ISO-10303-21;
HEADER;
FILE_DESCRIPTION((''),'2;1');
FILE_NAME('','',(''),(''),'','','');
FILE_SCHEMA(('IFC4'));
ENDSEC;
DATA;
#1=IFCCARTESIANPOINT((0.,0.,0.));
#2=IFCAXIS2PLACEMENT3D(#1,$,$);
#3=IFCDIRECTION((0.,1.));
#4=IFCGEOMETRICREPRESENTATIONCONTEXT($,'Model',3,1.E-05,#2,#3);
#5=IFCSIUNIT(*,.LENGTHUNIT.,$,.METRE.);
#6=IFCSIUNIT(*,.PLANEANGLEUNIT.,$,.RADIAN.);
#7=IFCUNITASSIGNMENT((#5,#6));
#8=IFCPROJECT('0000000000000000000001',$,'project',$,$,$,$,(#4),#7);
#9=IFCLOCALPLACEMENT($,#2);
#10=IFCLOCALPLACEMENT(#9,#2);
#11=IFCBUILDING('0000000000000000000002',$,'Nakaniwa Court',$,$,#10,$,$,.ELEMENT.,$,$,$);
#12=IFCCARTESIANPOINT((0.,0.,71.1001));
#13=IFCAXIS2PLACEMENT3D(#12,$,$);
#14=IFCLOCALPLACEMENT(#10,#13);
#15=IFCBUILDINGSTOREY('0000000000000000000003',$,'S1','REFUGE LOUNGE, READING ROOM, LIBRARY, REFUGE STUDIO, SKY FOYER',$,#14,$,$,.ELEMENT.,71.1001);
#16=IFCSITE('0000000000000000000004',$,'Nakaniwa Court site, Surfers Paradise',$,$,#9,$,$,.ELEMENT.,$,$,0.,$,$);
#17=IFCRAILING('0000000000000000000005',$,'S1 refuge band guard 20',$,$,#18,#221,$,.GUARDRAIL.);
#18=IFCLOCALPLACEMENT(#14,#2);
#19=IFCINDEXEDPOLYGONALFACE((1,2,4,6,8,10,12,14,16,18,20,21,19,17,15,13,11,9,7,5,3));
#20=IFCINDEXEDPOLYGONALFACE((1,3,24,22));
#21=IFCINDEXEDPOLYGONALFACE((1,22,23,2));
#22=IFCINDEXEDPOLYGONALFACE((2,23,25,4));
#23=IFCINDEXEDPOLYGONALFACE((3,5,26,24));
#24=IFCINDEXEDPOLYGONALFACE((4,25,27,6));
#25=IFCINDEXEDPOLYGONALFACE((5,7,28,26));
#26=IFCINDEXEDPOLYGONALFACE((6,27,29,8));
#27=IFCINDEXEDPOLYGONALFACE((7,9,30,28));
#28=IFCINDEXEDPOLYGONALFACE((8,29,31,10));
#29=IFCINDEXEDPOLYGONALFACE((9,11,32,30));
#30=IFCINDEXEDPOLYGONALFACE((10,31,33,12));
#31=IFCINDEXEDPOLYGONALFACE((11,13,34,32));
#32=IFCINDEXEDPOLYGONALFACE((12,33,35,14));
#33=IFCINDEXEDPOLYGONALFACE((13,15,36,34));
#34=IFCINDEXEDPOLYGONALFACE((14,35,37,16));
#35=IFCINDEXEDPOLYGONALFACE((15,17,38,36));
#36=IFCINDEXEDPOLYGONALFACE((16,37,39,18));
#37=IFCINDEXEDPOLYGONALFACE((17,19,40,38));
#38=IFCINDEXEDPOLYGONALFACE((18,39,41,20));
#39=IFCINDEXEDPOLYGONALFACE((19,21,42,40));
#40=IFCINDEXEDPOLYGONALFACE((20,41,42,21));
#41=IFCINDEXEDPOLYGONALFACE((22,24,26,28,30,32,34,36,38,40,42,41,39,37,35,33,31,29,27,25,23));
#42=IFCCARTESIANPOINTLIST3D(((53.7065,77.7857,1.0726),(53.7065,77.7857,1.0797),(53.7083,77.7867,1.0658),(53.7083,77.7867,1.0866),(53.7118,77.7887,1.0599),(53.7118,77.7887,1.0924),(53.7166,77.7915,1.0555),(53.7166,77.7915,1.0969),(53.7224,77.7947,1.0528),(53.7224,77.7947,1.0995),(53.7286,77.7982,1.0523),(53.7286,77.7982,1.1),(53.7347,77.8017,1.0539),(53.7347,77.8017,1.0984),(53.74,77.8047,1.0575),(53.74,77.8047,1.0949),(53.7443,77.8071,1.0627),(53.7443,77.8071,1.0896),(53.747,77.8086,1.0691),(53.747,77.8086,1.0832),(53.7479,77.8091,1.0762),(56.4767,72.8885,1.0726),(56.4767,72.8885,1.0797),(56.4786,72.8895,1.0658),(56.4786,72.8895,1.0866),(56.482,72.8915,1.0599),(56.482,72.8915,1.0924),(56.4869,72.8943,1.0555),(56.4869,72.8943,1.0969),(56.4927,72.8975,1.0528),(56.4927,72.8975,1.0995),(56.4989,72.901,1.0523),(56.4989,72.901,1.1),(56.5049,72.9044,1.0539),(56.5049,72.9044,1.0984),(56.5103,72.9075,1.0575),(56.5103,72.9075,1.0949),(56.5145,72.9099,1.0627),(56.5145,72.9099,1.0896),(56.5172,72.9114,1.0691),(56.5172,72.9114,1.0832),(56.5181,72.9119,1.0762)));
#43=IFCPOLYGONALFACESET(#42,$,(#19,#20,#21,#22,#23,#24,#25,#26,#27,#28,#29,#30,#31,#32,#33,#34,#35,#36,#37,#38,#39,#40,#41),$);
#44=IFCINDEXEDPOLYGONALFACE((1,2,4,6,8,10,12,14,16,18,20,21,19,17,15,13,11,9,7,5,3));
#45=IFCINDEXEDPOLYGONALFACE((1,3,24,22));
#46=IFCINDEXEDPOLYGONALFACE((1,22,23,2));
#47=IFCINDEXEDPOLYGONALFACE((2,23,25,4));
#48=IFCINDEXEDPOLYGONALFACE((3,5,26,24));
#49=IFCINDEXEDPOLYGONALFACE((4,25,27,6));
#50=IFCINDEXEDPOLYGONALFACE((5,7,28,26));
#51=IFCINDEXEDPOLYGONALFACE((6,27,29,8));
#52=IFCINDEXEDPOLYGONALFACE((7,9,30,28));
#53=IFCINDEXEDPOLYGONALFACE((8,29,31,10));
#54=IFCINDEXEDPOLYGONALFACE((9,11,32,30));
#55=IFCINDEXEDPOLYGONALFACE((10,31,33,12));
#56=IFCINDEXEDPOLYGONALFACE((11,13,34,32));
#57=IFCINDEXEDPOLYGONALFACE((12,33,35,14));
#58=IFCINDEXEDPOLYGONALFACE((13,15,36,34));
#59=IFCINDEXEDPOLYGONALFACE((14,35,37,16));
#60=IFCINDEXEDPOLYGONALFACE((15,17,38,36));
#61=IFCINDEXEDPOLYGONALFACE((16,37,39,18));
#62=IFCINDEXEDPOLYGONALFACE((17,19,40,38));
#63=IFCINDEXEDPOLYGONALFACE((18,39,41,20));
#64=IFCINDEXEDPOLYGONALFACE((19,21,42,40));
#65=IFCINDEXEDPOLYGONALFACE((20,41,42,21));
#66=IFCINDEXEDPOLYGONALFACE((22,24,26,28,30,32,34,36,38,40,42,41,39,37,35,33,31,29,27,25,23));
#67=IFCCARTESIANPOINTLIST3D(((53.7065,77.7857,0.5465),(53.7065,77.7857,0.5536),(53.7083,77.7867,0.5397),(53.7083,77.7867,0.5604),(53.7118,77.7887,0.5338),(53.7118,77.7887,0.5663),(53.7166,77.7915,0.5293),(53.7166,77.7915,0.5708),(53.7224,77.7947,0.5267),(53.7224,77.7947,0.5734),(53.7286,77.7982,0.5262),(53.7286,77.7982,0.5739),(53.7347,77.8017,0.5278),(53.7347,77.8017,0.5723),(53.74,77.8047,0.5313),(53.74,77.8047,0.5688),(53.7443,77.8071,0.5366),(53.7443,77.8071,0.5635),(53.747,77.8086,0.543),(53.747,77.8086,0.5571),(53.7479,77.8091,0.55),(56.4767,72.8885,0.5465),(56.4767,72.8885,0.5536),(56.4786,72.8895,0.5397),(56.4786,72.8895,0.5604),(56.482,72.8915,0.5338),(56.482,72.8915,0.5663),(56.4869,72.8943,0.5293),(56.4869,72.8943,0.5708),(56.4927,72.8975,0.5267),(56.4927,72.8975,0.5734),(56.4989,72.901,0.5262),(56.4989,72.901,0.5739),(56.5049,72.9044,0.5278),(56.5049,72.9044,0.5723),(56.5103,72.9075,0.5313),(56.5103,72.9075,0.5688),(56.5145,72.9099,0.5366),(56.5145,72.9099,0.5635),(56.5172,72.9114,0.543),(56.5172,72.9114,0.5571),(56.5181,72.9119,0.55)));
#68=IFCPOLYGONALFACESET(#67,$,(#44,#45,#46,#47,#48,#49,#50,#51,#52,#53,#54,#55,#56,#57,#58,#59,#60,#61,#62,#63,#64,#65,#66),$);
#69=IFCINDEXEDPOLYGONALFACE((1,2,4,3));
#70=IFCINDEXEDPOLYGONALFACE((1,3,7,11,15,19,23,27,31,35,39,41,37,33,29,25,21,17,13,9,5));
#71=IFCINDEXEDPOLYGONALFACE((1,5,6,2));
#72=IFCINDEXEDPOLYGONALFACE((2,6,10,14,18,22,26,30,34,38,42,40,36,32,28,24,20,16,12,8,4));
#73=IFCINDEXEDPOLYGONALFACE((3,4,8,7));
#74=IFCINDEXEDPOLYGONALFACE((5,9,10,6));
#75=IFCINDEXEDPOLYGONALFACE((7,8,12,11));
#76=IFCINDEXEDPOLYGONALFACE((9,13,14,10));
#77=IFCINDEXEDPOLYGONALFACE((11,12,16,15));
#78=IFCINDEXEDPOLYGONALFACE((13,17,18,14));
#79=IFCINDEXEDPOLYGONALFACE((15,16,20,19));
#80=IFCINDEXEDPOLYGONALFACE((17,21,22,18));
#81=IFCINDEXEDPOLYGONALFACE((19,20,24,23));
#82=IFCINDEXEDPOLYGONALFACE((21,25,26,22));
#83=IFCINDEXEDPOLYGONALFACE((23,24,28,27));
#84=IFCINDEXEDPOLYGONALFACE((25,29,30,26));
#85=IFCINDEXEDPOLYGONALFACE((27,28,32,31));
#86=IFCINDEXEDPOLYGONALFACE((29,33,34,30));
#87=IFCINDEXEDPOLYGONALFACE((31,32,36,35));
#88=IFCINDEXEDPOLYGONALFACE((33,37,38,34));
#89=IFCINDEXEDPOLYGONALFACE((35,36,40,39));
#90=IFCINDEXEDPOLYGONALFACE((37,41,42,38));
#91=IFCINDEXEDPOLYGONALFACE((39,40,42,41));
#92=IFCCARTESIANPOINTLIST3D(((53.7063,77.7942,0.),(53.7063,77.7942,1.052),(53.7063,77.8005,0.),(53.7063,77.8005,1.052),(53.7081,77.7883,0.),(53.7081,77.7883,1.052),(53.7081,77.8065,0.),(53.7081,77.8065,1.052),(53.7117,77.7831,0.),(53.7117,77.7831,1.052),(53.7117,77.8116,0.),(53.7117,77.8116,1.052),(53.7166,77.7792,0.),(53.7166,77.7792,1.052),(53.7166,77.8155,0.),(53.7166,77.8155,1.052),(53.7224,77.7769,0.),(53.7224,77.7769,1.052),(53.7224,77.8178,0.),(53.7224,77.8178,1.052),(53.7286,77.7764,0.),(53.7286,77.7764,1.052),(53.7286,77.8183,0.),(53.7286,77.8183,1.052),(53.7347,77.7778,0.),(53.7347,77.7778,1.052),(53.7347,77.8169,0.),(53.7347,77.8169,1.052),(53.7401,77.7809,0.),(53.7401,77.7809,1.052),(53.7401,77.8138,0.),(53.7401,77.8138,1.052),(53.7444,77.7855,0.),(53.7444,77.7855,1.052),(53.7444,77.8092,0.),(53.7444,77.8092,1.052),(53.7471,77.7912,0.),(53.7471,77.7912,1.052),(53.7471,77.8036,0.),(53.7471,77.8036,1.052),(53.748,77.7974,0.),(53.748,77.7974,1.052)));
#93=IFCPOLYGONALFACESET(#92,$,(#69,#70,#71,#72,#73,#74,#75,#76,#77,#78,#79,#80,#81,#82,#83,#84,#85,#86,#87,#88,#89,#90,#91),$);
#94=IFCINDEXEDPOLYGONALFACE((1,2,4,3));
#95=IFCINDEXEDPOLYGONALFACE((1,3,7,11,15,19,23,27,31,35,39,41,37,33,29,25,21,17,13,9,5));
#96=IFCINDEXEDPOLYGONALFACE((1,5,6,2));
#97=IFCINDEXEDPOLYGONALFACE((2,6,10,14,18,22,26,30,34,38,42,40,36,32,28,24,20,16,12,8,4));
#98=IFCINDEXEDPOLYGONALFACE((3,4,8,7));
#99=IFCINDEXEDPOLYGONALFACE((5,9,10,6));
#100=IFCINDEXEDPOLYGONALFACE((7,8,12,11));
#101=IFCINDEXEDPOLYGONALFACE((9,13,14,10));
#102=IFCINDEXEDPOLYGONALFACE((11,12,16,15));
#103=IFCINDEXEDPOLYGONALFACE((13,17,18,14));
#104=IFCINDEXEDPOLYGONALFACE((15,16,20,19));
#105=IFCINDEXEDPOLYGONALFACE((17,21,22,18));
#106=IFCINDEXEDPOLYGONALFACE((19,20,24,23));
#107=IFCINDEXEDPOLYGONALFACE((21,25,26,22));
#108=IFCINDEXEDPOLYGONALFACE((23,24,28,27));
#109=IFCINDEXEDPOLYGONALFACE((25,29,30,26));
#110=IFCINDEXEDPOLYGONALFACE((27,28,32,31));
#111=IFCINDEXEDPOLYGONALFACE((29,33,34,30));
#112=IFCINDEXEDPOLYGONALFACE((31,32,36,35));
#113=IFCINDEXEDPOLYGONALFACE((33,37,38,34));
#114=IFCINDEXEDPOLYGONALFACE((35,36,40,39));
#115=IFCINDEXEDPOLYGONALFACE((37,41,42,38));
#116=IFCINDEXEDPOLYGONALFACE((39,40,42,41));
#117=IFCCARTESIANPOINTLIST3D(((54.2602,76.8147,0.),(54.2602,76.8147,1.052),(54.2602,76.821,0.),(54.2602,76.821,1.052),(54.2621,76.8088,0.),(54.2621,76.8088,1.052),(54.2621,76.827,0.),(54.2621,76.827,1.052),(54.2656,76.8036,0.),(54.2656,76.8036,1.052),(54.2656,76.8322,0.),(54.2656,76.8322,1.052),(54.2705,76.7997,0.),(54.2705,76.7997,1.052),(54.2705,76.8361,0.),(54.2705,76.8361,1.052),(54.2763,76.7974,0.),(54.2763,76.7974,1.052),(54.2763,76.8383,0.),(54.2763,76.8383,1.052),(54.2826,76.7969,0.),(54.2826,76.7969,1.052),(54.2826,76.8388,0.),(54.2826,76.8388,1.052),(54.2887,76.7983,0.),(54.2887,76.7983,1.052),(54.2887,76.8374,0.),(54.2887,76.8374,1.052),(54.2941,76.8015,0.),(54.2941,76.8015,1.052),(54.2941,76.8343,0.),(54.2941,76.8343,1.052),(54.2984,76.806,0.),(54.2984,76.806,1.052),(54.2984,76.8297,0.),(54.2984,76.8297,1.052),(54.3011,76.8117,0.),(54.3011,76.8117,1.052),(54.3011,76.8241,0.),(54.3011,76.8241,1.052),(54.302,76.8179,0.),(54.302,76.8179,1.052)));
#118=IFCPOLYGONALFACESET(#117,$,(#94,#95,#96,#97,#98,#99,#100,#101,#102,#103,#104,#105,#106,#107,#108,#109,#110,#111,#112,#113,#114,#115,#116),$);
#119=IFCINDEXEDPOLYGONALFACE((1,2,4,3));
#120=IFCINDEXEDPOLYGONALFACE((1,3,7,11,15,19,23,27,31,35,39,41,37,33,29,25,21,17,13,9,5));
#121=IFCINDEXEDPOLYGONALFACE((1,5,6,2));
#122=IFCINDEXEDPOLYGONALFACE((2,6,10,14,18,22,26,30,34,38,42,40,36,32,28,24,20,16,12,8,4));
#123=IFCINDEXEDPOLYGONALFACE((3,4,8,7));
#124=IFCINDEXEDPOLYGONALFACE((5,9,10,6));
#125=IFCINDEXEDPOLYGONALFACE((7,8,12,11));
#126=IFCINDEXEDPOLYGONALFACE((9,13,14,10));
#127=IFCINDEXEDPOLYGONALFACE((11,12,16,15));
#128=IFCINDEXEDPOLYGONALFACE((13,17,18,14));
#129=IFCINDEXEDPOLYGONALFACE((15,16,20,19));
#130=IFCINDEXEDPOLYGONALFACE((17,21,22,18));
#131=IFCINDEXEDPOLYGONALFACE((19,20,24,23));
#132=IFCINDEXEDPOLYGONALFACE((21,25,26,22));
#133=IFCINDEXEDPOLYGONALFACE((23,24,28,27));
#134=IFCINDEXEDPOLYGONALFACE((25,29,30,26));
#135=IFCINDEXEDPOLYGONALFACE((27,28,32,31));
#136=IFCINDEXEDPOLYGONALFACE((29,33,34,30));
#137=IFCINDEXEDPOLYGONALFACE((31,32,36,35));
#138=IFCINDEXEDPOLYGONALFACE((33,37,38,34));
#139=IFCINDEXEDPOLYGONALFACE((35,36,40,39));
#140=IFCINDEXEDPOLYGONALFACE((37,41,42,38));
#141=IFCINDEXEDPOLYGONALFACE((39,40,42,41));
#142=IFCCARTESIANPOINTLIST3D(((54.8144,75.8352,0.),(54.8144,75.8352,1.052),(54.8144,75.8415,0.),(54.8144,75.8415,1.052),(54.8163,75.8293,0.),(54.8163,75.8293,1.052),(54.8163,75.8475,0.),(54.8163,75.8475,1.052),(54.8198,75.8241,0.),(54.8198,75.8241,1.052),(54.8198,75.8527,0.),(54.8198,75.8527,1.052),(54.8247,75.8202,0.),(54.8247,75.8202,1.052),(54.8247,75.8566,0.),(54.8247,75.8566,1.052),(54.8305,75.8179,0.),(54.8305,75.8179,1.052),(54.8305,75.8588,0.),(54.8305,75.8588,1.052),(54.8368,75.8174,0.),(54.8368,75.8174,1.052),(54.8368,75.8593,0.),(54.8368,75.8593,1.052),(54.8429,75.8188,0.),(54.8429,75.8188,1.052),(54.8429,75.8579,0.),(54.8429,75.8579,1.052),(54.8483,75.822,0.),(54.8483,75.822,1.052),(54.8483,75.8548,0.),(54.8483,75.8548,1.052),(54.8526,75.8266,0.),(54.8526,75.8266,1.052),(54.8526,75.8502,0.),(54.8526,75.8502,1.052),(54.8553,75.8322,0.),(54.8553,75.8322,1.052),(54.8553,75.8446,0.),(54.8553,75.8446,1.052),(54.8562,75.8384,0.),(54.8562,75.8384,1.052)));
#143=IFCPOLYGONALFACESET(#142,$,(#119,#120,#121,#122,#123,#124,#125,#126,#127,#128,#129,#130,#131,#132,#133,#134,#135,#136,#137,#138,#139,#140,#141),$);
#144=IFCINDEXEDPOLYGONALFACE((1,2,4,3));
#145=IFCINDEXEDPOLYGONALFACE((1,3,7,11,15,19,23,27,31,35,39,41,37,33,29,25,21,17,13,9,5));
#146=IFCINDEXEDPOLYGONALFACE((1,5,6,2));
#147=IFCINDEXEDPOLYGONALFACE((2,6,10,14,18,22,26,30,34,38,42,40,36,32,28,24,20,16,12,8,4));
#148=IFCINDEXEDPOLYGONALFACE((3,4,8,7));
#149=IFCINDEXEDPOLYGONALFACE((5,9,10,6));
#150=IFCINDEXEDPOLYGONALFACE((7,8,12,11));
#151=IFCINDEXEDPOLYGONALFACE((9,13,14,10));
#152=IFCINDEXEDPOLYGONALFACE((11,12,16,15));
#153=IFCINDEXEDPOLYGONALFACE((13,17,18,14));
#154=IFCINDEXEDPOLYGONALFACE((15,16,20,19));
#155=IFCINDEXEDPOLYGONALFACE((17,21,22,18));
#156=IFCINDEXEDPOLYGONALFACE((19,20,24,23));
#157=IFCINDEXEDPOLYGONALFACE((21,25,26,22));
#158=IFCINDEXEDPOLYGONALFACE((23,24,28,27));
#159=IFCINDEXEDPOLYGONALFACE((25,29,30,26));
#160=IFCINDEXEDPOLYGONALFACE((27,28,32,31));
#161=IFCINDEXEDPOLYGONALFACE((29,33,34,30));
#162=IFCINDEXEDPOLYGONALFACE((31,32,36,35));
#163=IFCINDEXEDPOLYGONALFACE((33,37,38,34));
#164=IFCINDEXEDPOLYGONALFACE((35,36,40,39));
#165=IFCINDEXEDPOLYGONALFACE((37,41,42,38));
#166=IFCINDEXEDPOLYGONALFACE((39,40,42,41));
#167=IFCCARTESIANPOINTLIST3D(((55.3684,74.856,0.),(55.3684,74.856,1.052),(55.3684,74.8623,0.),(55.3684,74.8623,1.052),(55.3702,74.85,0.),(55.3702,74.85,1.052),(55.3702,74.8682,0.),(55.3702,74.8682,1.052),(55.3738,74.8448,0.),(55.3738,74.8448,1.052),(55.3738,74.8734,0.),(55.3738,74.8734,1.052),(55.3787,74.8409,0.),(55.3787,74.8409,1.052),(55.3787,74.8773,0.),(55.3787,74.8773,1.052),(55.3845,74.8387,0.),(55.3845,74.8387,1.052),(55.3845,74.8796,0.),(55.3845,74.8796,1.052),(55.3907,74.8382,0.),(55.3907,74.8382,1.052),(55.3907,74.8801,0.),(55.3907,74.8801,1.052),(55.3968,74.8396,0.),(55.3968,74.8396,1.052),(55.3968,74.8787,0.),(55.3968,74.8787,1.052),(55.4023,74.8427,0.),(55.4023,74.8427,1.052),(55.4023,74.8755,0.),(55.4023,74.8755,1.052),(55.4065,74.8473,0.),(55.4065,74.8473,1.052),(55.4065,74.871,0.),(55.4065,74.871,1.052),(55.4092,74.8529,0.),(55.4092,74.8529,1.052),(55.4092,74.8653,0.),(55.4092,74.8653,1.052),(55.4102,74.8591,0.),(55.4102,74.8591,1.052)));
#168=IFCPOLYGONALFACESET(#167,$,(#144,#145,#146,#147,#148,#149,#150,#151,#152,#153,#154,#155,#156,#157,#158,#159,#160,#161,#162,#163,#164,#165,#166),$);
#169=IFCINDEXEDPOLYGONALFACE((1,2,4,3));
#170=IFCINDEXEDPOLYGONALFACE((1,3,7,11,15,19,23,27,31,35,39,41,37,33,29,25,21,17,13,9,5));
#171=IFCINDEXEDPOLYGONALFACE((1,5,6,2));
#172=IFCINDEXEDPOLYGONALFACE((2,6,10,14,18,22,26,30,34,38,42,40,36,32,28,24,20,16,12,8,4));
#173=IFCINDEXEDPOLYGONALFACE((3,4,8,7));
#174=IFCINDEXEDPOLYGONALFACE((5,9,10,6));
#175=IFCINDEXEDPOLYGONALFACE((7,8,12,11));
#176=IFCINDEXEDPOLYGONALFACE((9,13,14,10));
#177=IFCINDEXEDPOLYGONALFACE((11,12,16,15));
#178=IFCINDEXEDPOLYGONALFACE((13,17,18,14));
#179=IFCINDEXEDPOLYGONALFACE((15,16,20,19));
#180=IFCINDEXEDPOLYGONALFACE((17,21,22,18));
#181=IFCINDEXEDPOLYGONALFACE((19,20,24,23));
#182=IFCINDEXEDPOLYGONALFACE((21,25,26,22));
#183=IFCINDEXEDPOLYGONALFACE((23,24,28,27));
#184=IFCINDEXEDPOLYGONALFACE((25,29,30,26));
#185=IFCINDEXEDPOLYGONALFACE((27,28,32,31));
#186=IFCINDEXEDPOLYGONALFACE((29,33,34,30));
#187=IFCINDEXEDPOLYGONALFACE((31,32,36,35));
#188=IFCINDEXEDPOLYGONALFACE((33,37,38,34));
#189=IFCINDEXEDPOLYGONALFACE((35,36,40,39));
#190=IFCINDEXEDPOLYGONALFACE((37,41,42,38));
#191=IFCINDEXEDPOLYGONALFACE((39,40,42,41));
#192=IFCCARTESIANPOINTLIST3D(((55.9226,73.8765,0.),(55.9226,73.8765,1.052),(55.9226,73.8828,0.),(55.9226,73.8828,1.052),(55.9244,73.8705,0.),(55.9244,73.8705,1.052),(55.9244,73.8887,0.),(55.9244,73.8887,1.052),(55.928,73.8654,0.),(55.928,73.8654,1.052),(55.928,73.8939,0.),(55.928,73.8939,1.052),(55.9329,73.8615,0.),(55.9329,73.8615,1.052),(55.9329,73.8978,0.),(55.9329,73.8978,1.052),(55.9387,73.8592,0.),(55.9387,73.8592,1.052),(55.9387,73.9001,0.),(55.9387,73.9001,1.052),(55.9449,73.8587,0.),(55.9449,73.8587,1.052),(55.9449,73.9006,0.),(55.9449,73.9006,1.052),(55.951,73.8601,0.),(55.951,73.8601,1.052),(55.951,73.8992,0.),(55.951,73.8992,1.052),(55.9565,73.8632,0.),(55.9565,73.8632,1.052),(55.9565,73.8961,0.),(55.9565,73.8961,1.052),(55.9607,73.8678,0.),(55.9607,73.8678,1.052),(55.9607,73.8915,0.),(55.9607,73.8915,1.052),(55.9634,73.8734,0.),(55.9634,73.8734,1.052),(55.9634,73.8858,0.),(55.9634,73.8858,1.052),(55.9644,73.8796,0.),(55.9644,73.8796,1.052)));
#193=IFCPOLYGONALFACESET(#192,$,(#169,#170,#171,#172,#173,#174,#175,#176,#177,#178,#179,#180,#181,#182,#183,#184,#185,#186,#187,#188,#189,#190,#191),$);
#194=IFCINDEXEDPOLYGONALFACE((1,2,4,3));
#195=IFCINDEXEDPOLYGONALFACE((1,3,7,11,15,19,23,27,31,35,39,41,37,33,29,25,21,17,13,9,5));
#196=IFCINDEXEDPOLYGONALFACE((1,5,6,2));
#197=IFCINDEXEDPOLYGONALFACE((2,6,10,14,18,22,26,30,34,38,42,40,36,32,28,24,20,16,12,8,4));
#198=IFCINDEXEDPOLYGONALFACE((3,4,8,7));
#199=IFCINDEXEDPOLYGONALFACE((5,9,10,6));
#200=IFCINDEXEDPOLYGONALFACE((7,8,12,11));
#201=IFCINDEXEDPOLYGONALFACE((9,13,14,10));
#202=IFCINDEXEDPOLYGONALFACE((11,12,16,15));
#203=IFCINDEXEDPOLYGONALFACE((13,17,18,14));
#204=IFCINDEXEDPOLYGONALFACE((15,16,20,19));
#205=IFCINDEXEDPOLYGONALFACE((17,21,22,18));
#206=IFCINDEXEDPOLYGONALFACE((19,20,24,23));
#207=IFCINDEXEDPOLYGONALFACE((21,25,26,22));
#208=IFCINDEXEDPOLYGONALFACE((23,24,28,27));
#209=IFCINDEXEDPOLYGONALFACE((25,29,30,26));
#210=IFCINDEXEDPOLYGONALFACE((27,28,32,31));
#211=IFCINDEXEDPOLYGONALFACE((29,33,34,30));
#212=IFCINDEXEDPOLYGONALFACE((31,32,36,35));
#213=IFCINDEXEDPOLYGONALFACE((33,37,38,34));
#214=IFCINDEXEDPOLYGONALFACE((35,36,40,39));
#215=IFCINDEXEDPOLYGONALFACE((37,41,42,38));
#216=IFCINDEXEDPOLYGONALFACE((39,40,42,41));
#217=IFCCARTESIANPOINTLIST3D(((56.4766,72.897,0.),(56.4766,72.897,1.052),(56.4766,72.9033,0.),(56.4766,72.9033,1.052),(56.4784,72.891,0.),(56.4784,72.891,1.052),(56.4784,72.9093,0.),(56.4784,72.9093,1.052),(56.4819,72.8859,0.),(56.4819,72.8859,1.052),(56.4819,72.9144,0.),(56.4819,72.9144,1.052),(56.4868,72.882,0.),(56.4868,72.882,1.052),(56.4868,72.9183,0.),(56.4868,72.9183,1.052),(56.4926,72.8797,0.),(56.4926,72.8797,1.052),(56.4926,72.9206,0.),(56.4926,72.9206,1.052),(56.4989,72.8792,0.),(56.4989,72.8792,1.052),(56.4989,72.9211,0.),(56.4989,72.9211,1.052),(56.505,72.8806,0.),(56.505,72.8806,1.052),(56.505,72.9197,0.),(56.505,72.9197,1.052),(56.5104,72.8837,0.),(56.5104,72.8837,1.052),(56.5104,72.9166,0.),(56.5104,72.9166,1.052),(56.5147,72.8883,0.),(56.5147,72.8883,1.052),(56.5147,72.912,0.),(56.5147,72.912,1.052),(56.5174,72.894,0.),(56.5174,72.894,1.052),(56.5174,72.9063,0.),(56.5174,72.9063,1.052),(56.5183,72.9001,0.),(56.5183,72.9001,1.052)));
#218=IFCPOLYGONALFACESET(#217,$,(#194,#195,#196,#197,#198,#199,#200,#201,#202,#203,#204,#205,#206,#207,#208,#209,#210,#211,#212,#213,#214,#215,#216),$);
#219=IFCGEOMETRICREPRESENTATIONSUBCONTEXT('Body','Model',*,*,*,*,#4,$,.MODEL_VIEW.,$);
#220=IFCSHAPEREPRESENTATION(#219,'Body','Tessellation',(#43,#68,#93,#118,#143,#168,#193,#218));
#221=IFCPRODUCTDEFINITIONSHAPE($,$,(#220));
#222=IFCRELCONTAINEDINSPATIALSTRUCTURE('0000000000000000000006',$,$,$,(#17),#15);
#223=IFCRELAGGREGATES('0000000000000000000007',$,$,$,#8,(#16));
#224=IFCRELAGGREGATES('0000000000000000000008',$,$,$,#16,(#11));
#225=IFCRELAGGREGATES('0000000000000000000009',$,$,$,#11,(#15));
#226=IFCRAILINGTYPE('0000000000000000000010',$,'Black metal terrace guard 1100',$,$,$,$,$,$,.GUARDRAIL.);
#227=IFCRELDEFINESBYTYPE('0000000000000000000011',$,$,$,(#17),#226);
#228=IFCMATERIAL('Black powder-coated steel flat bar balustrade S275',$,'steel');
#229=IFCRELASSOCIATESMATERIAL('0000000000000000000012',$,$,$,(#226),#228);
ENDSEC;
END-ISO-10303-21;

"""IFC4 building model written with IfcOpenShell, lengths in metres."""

from ifc_helpers import new_model, si_unit, direction, frame, origin, origin_2d, place, context, subcontext, project, spatial, circle, extrude, material, type_object, element, save


model = new_model("IFC4")

# Units and contexts
model_context = context("Model", 3, precision=1e-05, world=origin(), true_north=direction((0.0, 1.0)))
body_context = subcontext(model_context, "Body", "Model", "MODEL_VIEW")
ifc_project = project(units=[si_unit("LENGTHUNIT", "METRE"), si_unit("PLANEANGLEUNIT", "RADIAN")], contexts=[model_context])

# Site, building, storey
site_placement = place(None, origin())
site = spatial("IfcSite", under=ifc_project, at=site_placement, Name="Nakaniwa Court site, Surfers Paradise", CompositionType="ELEMENT", RefElevation=0.0)
building_placement = place(site_placement, origin())
building = spatial("IfcBuilding", under=site, at=building_placement, Name="Nakaniwa Court", CompositionType="ELEMENT")
storey_placement = place(building_placement, frame((0.0, 0.0, 71.1001)))
storey = spatial("IfcBuildingStorey", under=building, at=storey_placement, Name="S1", Description="REFUGE LOUNGE, READING ROOM, LIBRARY, REFUGE STUDIO, SKY FOYER", CompositionType="ELEMENT", Elevation=71.1001)

# Railing
ifc_material_1 = material(Name="Black powder-coated steel flat bar balustrade S275", Category="steel")
railing_type = type_object("IfcRailingType", Name="Black metal terrace guard 1100", PredefinedType="GUARDRAIL", material=ifc_material_1)
railing_placement = place(storey_placement, frame((53.7271, 77.7974, 0.0)))
element("IfcRailing", 1, at=railing_placement, inside=storey, type_object=railing_type, Name="S1 refuge band guard 20", PredefinedType="GUARDRAIL", context=body_context, shape_type="SweptSolid", body=[
    extrude(circle(Radius=0.0239, at=origin_2d()), frame((0.0, 0.0, 1.0762), z_axis=(0.492363, -0.87039, 0.0), x_axis=(0.87039, 0.492363, 0.0)), (0.0, 0.0, 1.0), 5.6265),
    extrude(circle(Radius=0.0239, at=origin_2d()), frame((0.0, 0.0, 0.55), z_axis=(0.492363, -0.87039, 0.0), x_axis=(0.87039, 0.492363, 0.0)), (0.0, 0.0, 1.0), 5.6265),
    extrude(circle(Radius=0.021, at=origin_2d()), origin(), (0.0, 0.0, 1.0), 1.052),
    extrude(circle(Radius=0.021, at=origin_2d()), frame((0.554, -0.9795, 0.0)), (0.0, 0.0, 1.0), 1.052),
    extrude(circle(Radius=0.021, at=origin_2d()), frame((1.1082, -1.959, 0.0)), (0.0, 0.0, 1.0), 1.052),
    extrude(circle(Radius=0.021, at=origin_2d()), frame((1.6621, -2.9382, 0.0)), (0.0, 0.0, 1.0), 1.052),
    extrude(circle(Radius=0.021, at=origin_2d()), frame((2.2163, -3.9177, 0.0)), (0.0, 0.0, 1.0), 1.052),
    extrude(circle(Radius=0.021, at=origin_2d()), frame((2.7703, -4.8972, 0.0)), (0.0, 0.0, 1.0), 1.052),
])

save(model, "model.ifc")
